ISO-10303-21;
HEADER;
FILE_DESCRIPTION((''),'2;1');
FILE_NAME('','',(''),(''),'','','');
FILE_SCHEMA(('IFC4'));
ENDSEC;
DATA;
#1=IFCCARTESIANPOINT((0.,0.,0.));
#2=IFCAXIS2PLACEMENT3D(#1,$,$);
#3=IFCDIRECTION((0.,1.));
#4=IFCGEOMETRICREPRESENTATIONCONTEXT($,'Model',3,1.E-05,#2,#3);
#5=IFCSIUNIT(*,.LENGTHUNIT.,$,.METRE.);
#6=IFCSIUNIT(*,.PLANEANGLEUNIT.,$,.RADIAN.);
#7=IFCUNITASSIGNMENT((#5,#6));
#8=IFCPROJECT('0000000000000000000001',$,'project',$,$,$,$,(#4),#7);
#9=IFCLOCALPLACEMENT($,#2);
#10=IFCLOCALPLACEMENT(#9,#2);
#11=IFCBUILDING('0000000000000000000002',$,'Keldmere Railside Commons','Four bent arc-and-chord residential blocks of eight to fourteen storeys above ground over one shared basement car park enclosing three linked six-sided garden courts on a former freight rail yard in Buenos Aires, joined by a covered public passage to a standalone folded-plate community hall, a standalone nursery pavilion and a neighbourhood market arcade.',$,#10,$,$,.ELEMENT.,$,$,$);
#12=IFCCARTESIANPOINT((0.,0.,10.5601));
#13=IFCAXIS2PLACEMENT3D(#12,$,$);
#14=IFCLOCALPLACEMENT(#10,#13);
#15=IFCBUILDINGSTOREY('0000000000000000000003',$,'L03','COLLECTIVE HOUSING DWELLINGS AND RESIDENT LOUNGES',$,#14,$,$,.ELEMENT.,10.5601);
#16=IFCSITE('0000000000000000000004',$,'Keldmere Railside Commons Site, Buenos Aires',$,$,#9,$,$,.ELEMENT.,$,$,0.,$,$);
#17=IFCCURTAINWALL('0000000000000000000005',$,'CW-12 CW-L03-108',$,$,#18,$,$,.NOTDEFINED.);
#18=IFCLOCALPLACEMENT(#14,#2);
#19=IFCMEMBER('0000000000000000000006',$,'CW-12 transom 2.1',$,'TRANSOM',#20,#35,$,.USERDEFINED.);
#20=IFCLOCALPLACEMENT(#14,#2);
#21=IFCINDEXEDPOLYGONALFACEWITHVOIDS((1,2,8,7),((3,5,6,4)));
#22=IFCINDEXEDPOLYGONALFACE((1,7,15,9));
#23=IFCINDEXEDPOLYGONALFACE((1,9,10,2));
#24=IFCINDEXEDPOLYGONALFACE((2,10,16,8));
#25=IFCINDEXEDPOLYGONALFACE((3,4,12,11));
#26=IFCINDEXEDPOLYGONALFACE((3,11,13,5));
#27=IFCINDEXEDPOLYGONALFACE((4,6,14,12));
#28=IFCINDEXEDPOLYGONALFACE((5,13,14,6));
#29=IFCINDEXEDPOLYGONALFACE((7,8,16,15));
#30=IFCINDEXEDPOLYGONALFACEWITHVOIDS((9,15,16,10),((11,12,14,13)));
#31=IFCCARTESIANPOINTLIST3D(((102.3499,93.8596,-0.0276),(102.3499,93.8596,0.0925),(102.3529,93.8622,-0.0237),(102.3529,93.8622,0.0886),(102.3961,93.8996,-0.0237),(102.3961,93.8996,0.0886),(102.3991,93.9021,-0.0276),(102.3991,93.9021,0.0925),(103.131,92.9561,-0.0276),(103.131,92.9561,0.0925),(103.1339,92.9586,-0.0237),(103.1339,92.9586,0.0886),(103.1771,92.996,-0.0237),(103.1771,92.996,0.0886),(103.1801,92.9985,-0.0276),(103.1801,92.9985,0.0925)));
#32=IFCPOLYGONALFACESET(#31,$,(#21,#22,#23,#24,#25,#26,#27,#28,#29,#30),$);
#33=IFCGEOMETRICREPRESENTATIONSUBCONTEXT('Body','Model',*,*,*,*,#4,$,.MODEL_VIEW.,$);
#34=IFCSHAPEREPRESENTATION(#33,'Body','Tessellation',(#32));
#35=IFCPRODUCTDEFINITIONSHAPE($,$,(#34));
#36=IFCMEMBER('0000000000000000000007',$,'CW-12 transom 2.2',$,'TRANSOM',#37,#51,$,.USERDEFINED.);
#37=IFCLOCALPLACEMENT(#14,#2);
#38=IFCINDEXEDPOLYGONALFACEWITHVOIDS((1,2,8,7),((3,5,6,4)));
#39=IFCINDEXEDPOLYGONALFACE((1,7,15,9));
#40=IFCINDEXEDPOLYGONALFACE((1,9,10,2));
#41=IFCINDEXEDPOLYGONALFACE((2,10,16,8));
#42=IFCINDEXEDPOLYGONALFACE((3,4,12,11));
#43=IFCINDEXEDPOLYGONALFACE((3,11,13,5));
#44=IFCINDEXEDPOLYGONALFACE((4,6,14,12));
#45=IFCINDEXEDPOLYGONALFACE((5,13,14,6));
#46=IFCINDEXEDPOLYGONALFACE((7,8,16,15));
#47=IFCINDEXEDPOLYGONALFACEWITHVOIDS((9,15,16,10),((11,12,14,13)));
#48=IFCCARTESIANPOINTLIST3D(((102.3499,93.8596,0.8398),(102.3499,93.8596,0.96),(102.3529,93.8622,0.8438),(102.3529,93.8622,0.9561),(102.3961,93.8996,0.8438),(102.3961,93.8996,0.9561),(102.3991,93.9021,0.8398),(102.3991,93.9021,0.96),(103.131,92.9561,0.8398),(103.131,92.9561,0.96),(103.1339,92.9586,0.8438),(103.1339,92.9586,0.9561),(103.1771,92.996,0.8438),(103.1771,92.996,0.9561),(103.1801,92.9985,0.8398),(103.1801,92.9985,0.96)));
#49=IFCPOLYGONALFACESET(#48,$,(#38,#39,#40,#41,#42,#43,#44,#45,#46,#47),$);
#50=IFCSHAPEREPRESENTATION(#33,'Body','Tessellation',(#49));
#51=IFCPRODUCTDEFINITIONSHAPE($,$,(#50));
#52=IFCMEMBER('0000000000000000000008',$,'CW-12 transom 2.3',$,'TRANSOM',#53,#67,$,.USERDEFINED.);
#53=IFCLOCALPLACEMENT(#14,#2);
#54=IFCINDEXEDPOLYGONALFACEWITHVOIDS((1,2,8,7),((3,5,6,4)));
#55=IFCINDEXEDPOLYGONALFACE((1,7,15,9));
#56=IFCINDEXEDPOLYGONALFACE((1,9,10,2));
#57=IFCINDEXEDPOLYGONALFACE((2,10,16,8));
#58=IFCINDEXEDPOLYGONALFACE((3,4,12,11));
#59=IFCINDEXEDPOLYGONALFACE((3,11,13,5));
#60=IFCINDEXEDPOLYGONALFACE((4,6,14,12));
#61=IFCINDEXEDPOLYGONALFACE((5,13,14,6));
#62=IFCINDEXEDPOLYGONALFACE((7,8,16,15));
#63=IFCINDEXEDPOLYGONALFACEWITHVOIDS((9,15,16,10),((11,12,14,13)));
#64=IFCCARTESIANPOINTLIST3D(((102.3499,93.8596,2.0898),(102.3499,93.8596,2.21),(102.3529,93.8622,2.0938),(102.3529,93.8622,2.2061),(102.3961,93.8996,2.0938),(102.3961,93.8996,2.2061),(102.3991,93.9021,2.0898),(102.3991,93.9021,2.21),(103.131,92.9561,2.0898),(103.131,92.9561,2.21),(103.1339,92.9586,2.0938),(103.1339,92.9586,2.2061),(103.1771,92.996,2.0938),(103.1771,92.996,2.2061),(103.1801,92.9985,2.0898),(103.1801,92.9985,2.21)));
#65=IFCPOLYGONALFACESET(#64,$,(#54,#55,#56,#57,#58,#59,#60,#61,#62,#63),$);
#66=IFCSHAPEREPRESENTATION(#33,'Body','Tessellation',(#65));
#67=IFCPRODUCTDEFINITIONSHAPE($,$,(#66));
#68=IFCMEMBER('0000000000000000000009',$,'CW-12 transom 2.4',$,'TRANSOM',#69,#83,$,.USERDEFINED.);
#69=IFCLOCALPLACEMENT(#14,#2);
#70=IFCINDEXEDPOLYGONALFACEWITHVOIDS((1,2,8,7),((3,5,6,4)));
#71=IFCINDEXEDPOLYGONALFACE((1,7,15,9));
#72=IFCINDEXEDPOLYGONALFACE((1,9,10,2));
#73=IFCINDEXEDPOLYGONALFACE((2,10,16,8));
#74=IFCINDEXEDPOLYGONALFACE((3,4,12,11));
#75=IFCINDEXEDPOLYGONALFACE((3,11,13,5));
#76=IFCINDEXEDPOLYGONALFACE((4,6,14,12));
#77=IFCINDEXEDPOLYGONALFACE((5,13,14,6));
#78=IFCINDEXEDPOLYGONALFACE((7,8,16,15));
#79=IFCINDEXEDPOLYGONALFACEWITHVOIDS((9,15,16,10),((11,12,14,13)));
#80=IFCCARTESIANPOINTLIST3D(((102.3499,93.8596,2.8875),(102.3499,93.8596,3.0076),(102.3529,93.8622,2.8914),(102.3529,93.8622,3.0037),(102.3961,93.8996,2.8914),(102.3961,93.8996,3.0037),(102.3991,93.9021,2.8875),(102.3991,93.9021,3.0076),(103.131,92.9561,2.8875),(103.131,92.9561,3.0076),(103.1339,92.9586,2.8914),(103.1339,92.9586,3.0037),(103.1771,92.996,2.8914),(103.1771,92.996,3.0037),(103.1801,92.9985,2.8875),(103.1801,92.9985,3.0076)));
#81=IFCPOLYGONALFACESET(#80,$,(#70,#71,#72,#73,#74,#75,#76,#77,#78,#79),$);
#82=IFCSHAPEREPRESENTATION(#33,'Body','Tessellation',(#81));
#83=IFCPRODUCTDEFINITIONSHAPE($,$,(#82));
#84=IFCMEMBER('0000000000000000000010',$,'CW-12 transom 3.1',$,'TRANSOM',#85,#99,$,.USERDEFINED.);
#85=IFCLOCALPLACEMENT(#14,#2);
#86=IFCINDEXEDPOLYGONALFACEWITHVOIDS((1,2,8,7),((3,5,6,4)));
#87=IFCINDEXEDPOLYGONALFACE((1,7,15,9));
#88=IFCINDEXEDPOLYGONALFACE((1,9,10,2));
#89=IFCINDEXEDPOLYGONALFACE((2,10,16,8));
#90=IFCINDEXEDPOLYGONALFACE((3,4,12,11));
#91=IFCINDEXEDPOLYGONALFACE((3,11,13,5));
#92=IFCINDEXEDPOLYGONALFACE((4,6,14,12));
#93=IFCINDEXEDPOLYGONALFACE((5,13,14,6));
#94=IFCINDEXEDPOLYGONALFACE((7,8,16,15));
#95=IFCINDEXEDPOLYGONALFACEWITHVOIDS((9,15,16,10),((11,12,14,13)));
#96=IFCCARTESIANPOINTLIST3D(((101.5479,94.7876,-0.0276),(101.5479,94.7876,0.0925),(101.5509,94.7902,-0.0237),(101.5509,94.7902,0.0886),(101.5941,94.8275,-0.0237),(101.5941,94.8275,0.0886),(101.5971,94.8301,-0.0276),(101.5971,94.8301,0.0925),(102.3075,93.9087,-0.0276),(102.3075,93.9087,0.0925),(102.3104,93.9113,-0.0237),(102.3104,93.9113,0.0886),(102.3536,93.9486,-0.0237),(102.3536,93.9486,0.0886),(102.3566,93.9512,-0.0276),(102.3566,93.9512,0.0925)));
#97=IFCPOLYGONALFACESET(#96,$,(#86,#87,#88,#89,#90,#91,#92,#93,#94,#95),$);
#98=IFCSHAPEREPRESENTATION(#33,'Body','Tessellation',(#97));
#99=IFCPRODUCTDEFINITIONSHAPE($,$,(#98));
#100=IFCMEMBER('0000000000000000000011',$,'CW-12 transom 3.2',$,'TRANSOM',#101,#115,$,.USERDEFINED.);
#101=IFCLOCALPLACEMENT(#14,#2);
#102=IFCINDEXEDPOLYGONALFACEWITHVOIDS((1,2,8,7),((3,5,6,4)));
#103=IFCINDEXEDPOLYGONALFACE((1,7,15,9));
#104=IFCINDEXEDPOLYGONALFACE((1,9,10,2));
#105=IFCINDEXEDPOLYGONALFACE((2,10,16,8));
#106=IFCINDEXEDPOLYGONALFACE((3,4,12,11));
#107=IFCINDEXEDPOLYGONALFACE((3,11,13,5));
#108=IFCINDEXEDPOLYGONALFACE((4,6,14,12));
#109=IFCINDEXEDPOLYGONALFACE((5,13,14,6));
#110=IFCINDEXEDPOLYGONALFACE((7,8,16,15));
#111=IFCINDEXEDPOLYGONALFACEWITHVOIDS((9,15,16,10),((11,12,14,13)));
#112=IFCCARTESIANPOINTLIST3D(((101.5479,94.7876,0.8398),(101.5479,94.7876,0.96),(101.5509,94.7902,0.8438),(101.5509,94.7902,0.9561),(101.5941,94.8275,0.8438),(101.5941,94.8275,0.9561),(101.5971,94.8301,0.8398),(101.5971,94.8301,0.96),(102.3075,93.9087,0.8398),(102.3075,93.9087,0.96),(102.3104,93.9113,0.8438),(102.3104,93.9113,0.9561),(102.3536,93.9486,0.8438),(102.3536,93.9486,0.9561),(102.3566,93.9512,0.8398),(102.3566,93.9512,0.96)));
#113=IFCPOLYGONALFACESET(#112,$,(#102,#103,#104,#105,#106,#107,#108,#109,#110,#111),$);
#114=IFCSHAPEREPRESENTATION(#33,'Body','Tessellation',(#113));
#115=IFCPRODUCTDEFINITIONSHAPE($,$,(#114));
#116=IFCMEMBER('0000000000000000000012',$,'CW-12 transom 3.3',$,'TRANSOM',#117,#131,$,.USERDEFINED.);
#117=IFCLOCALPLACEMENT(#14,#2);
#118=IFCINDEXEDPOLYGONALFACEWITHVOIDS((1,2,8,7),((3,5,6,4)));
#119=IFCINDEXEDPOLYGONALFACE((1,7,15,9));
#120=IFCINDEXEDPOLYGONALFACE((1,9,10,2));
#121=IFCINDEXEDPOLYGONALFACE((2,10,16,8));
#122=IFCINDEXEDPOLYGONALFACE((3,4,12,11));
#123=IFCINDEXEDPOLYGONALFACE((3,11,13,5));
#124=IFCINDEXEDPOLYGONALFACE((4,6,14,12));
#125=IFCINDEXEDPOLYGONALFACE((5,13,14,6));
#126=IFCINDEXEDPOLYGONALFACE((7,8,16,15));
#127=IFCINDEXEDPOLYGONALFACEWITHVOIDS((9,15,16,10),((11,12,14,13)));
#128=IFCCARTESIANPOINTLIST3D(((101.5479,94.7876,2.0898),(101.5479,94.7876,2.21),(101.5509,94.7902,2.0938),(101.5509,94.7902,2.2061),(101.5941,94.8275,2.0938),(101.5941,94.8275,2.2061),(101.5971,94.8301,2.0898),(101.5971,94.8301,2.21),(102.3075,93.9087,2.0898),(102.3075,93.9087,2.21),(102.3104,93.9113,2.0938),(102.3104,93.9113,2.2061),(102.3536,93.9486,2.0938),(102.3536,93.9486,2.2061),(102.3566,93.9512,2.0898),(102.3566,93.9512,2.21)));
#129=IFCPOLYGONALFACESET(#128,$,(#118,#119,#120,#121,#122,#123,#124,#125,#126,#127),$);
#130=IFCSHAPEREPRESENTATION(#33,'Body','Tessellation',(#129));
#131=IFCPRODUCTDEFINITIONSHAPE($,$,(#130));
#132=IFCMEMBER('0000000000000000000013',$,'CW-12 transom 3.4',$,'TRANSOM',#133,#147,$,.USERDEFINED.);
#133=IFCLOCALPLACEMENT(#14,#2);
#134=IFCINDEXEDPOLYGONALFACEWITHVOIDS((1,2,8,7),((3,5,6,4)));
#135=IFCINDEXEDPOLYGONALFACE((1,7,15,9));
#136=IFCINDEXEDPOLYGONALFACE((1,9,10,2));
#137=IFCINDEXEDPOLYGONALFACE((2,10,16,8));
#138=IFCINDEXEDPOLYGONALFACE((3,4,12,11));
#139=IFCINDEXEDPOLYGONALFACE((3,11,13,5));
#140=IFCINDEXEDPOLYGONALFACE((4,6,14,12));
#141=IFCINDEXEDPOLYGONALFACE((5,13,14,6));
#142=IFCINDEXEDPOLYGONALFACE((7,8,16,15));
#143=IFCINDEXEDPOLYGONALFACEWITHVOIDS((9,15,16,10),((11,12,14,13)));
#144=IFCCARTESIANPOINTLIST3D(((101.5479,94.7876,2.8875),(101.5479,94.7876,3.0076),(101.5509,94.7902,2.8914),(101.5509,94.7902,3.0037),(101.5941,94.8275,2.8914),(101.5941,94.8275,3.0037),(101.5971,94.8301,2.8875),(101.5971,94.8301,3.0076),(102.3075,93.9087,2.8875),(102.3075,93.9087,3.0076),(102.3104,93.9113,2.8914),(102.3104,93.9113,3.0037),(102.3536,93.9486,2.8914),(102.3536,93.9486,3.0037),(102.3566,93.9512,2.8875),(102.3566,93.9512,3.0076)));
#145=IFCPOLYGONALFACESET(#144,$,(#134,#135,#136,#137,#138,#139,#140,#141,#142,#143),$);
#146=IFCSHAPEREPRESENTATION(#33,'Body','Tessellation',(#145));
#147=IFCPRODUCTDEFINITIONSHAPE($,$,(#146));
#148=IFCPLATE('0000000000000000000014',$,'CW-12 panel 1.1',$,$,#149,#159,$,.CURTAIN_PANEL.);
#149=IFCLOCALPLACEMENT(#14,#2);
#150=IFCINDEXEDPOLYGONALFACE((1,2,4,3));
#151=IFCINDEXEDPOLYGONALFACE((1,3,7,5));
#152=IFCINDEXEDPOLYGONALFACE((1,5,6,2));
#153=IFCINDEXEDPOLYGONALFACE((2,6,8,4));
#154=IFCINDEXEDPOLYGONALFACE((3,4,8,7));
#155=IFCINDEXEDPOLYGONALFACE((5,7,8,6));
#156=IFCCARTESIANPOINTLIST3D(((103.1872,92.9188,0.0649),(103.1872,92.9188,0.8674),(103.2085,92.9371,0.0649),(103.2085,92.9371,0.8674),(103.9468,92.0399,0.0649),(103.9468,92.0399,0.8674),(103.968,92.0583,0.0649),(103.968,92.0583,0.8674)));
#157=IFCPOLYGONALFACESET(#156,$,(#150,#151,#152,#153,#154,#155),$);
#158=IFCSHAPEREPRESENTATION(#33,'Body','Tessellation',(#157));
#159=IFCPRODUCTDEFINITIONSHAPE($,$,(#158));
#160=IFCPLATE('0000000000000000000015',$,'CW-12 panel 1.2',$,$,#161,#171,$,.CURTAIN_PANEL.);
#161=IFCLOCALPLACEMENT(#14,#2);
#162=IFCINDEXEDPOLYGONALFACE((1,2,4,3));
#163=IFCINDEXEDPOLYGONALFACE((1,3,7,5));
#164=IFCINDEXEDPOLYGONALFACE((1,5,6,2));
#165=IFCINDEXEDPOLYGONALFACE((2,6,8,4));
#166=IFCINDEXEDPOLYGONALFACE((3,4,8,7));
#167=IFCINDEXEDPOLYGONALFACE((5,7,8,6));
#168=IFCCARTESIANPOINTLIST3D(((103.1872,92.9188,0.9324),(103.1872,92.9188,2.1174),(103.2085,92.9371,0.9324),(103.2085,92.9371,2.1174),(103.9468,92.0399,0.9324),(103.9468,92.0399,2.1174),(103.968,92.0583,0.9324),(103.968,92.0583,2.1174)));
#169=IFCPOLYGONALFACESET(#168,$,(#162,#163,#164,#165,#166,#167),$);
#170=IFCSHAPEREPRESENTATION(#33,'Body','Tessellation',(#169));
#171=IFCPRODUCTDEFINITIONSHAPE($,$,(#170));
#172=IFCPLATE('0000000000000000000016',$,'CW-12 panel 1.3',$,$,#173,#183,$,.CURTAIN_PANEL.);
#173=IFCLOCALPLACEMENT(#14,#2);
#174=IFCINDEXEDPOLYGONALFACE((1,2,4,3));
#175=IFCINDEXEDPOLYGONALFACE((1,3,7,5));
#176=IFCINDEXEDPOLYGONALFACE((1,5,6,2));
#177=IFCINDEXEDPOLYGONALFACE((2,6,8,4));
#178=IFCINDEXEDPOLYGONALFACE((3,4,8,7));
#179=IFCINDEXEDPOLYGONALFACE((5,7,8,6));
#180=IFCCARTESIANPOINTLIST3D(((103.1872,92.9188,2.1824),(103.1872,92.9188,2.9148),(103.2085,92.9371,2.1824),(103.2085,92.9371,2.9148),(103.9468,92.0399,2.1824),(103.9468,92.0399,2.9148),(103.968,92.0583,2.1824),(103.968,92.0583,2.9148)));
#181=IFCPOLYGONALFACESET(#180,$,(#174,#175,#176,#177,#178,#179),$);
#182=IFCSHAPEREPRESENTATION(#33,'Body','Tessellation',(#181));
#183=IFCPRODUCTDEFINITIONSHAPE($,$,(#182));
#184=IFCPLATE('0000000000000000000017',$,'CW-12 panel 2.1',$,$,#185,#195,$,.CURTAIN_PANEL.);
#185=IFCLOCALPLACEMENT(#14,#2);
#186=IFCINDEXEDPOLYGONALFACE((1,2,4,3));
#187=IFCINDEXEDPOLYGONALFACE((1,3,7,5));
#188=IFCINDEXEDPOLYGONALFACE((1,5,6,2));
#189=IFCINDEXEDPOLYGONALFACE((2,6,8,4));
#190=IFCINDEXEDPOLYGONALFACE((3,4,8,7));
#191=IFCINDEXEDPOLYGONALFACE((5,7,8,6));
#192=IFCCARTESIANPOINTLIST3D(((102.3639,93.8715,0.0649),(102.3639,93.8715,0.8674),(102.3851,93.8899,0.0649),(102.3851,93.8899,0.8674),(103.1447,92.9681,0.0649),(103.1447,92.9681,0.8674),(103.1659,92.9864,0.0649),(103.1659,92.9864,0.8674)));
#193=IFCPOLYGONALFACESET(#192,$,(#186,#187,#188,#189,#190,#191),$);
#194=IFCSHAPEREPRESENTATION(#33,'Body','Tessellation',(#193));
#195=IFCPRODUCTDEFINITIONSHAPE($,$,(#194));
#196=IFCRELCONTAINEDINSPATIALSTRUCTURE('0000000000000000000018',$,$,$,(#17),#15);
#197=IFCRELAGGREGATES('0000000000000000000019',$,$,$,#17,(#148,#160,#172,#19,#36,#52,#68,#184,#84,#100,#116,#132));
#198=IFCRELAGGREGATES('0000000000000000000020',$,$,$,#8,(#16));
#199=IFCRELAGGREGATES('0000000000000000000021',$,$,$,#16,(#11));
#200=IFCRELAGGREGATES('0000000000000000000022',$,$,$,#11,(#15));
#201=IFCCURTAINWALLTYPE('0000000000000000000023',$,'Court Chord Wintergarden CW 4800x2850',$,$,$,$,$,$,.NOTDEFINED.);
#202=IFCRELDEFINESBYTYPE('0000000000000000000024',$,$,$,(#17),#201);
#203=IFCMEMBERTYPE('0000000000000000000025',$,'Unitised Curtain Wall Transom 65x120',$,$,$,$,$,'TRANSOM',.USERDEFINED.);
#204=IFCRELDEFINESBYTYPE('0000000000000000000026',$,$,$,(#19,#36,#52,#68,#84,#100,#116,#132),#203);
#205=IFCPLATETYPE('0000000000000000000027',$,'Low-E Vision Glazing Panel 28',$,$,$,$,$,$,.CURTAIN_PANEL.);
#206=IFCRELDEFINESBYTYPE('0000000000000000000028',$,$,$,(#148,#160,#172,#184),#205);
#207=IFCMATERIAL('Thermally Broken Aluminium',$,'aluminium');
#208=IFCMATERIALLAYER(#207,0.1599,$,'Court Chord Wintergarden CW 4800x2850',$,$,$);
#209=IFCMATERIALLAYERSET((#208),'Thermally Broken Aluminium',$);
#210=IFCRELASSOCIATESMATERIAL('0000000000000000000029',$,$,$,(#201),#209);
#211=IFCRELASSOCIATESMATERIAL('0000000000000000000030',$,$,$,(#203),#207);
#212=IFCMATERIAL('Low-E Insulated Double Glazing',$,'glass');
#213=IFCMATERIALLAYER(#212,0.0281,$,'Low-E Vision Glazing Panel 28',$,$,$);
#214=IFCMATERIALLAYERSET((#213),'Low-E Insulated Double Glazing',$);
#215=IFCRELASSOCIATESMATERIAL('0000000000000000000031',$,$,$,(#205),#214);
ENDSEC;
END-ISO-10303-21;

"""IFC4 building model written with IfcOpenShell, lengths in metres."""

from ifc_helpers import new_model, si_unit, direction, frame, origin, origin_2d, place, context, subcontext, project, spatial, rectangle, hollow_rectangle, extrude, material, layer, layer_set, material_profile, profile_set, type_object, element, aggregate, save


model = new_model("IFC4")

# Units and contexts
model_context = context("Model", 3, precision=1e-05, world=origin(), true_north=direction((0.0, 1.0)))
body_context = subcontext(model_context, "Body", "Model", "MODEL_VIEW")
ifc_project = project(units=[si_unit("LENGTHUNIT", "METRE"), si_unit("PLANEANGLEUNIT", "RADIAN")], contexts=[model_context])

# Site, building, storey
site_placement = place(None, origin())
site = spatial("IfcSite", under=ifc_project, at=site_placement, Name="Keldmere Railside Commons Site, Buenos Aires", CompositionType="ELEMENT", RefElevation=0.0)
building_placement = place(site_placement, origin())
building = spatial("IfcBuilding", under=site, at=building_placement, Name="Keldmere Railside Commons", Description="Four bent arc-and-chord residential blocks of eight to fourteen storeys above ground over one shared basement car park enclosing three linked six-sided garden courts on a former freight rail yard in Buenos Aires, joined by a covered public passage to a standalone folded-plate community hall, a standalone nursery pavilion and a neighbourhood market arcade.", CompositionType="ELEMENT")
storey_placement = place(building_placement, frame((0.0, 0.0, 10.5601)))
storey = spatial("IfcBuildingStorey", under=building, at=storey_placement, Name="L03", Description="COLLECTIVE HOUSING DWELLINGS AND RESIDENT LOUNGES", CompositionType="ELEMENT", Elevation=10.5601)

# Curtain wall, members, plates
ifc_material_1 = material(Name="Thermally Broken Aluminium", Category="aluminium")
ifc_layer_1 = layer(ifc_material_1, 0.1599, Name="Court Chord Wintergarden CW 4800x2850")
ifc_layer_set_1 = layer_set([ifc_layer_1], Name="Thermally Broken Aluminium")
curtain_wall_type = type_object("IfcCurtainWallType", Name="Court Chord Wintergarden CW 4800x2850", PredefinedType="NOTDEFINED", material=ifc_layer_set_1)
curtain_wall_placement = place(storey_placement, origin())
curtain_wall = element("IfcCurtainWall", 1, at=curtain_wall_placement, inside=storey, type_object=curtain_wall_type, Name="CW-12 CW-L03-108", PredefinedType="NOTDEFINED")
ifc_material_profile_1 = material_profile(ifc_material_1, hollow_rectangle(XDim=0.0649, YDim=0.1201, WallThickness=0.0039, at=origin_2d()), Name="ALU-TRAN-65x120")
ifc_profile_set_1 = profile_set([ifc_material_profile_1], Name="Thermally Broken Aluminium")
member_type_1 = type_object("IfcMemberType", Name="Unitised Curtain Wall Transom 65x120", ElementType="TRANSOM", PredefinedType="USERDEFINED", material=ifc_profile_set_1)
member_1_placement = place(storey_placement, frame((103.1555, 92.9773, 0.0325), z_axis=(-0.653934, 0.756552, 0.0), x_axis=(-0.756552, -0.653934, 0.0)))
member_1 = element("IfcMember", 2, at=member_1_placement, type_object=member_type_1, Name="CW-12 transom 2.1", ObjectType="TRANSOM", PredefinedType="USERDEFINED", context=body_context, shape_type="SweptSolid", body=[
    extrude(hollow_rectangle(XDim=0.0649, YDim=0.1201, WallThickness=0.0039, at=origin_2d()), origin(), (0.0, 0.0, 1.0), 1.1943),
])
member_2_placement = place(storey_placement, frame((103.1555, 92.9773, 0.8999), z_axis=(-0.653934, 0.756552, 0.0), x_axis=(-0.756552, -0.653934, 0.0)))
member_2 = element("IfcMember", 3, at=member_2_placement, type_object=member_type_1, Name="CW-12 transom 2.2", ObjectType="TRANSOM", PredefinedType="USERDEFINED", context=body_context, shape_type="SweptSolid", body=[
    extrude(hollow_rectangle(XDim=0.0649, YDim=0.1201, WallThickness=0.0039, at=origin_2d()), origin(), (0.0, 0.0, 1.0), 1.1943),
])
member_3_placement = place(storey_placement, frame((103.1555, 92.9773, 2.1499), z_axis=(-0.653934, 0.756552, 0.0), x_axis=(-0.756552, -0.653934, 0.0)))
member_3 = element("IfcMember", 4, at=member_3_placement, type_object=member_type_1, Name="CW-12 transom 2.3", ObjectType="TRANSOM", PredefinedType="USERDEFINED", context=body_context, shape_type="SweptSolid", body=[
    extrude(hollow_rectangle(XDim=0.0649, YDim=0.1201, WallThickness=0.0039, at=origin_2d()), origin(), (0.0, 0.0, 1.0), 1.1943),
])
member_4_placement = place(storey_placement, frame((103.1555, 92.9773, 2.9475), z_axis=(-0.653934, 0.756552, 0.0), x_axis=(-0.756552, -0.653934, 0.0)))
member_4 = element("IfcMember", 5, at=member_4_placement, type_object=member_type_1, Name="CW-12 transom 2.4", ObjectType="TRANSOM", PredefinedType="USERDEFINED", context=body_context, shape_type="SweptSolid", body=[
    extrude(hollow_rectangle(XDim=0.0649, YDim=0.1201, WallThickness=0.0039, at=origin_2d()), origin(), (0.0, 0.0, 1.0), 1.1943),
])
member_5_placement = place(storey_placement, frame((102.332, 93.9299, 0.0325), z_axis=(-0.65385, 0.756624, 0.0), x_axis=(-0.756624, -0.65385, 0.0)))
member_5 = element("IfcMember", 6, at=member_5_placement, type_object=member_type_1, Name="CW-12 transom 3.1", ObjectType="TRANSOM", PredefinedType="USERDEFINED", context=body_context, shape_type="SweptSolid", body=[
    extrude(hollow_rectangle(XDim=0.0649, YDim=0.1201, WallThickness=0.0039, at=origin_2d()), origin(), (0.0, 0.0, 1.0), 1.1616),
])
member_6_placement = place(storey_placement, frame((102.332, 93.9299, 0.8999), z_axis=(-0.65385, 0.756624, 0.0), x_axis=(-0.756624, -0.65385, 0.0)))
member_6 = element("IfcMember", 7, at=member_6_placement, type_object=member_type_1, Name="CW-12 transom 3.2", ObjectType="TRANSOM", PredefinedType="USERDEFINED", context=body_context, shape_type="SweptSolid", body=[
    extrude(hollow_rectangle(XDim=0.0649, YDim=0.1201, WallThickness=0.0039, at=origin_2d()), origin(), (0.0, 0.0, 1.0), 1.1616),
])
member_7_placement = place(storey_placement, frame((102.332, 93.9299, 2.1499), z_axis=(-0.65385, 0.756624, 0.0), x_axis=(-0.756624, -0.65385, 0.0)))
member_7 = element("IfcMember", 8, at=member_7_placement, type_object=member_type_1, Name="CW-12 transom 3.3", ObjectType="TRANSOM", PredefinedType="USERDEFINED", context=body_context, shape_type="SweptSolid", body=[
    extrude(hollow_rectangle(XDim=0.0649, YDim=0.1201, WallThickness=0.0039, at=origin_2d()), origin(), (0.0, 0.0, 1.0), 1.1616),
])
member_8_placement = place(storey_placement, frame((102.332, 93.9299, 2.9475), z_axis=(-0.65385, 0.756624, 0.0), x_axis=(-0.756624, -0.65385, 0.0)))
member_8 = element("IfcMember", 9, at=member_8_placement, type_object=member_type_1, Name="CW-12 transom 3.4", ObjectType="TRANSOM", PredefinedType="USERDEFINED", context=body_context, shape_type="SweptSolid", body=[
    extrude(hollow_rectangle(XDim=0.0649, YDim=0.1201, WallThickness=0.0039, at=origin_2d()), origin(), (0.0, 0.0, 1.0), 1.1616),
])
ifc_material_2 = material(Name="Low-E Insulated Double Glazing", Category="glass")
ifc_layer_2 = layer(ifc_material_2, 0.0281, Name="Low-E Vision Glazing Panel 28")
ifc_layer_set_2 = layer_set([ifc_layer_2], Name="Low-E Insulated Double Glazing")
plate_type = type_object("IfcPlateType", Name="Low-E Vision Glazing Panel 28", PredefinedType="CURTAIN_PANEL", material=ifc_layer_set_2)
plate_1_placement = place(storey_placement, frame((103.5776, 92.4885, 0.0649), z_axis=(0.0, 0.0, 1.0), x_axis=(-0.653882, 0.756597, 0.0)))
plate_1 = element("IfcPlate", 10, at=plate_1_placement, type_object=plate_type, Name="CW-12 panel 1.1", PredefinedType="CURTAIN_PANEL", context=body_context, shape_type="SweptSolid", body=[
    extrude(rectangle(XDim=1.1616, YDim=0.0281, at=origin_2d()), origin(), (0.0, 0.0, 1.0), 0.8025),
])
plate_2_placement = place(storey_placement, frame((103.5776, 92.4885, 0.9324), z_axis=(0.0, 0.0, 1.0), x_axis=(-0.653882, 0.756597, 0.0)))
plate_2 = element("IfcPlate", 11, at=plate_2_placement, type_object=plate_type, Name="CW-12 panel 1.2", PredefinedType="CURTAIN_PANEL", context=body_context, shape_type="SweptSolid", body=[
    extrude(rectangle(XDim=1.1616, YDim=0.0281, at=origin_2d()), origin(), (0.0, 0.0, 1.0), 1.1851),
])
plate_3_placement = place(storey_placement, frame((103.5776, 92.4885, 2.1824), z_axis=(0.0, 0.0, 1.0), x_axis=(-0.653882, 0.756597, 0.0)))
plate_3 = element("IfcPlate", 12, at=plate_3_placement, type_object=plate_type, Name="CW-12 panel 1.3", PredefinedType="CURTAIN_PANEL", context=body_context, shape_type="SweptSolid", body=[
    extrude(rectangle(XDim=1.1616, YDim=0.0281, at=origin_2d()), origin(), (0.0, 0.0, 1.0), 0.7324),
])
plate_4_placement = place(storey_placement, frame((102.7649, 93.429, 0.0649), z_axis=(0.0, 0.0, 1.0), x_axis=(-0.653882, 0.756597, 0.0)))
plate_4 = element("IfcPlate", 13, at=plate_4_placement, type_object=plate_type, Name="CW-12 panel 2.1", PredefinedType="CURTAIN_PANEL", context=body_context, shape_type="SweptSolid", body=[
    extrude(rectangle(XDim=1.1941, YDim=0.0281, at=origin_2d()), origin(), (0.0, 0.0, 1.0), 0.8025),
])
aggregate(curtain_wall, [plate_1, plate_2, plate_3, member_1, member_2, member_3, member_4, plate_4, member_5, member_6, member_7, member_8])

save(model, "model.ifc")
